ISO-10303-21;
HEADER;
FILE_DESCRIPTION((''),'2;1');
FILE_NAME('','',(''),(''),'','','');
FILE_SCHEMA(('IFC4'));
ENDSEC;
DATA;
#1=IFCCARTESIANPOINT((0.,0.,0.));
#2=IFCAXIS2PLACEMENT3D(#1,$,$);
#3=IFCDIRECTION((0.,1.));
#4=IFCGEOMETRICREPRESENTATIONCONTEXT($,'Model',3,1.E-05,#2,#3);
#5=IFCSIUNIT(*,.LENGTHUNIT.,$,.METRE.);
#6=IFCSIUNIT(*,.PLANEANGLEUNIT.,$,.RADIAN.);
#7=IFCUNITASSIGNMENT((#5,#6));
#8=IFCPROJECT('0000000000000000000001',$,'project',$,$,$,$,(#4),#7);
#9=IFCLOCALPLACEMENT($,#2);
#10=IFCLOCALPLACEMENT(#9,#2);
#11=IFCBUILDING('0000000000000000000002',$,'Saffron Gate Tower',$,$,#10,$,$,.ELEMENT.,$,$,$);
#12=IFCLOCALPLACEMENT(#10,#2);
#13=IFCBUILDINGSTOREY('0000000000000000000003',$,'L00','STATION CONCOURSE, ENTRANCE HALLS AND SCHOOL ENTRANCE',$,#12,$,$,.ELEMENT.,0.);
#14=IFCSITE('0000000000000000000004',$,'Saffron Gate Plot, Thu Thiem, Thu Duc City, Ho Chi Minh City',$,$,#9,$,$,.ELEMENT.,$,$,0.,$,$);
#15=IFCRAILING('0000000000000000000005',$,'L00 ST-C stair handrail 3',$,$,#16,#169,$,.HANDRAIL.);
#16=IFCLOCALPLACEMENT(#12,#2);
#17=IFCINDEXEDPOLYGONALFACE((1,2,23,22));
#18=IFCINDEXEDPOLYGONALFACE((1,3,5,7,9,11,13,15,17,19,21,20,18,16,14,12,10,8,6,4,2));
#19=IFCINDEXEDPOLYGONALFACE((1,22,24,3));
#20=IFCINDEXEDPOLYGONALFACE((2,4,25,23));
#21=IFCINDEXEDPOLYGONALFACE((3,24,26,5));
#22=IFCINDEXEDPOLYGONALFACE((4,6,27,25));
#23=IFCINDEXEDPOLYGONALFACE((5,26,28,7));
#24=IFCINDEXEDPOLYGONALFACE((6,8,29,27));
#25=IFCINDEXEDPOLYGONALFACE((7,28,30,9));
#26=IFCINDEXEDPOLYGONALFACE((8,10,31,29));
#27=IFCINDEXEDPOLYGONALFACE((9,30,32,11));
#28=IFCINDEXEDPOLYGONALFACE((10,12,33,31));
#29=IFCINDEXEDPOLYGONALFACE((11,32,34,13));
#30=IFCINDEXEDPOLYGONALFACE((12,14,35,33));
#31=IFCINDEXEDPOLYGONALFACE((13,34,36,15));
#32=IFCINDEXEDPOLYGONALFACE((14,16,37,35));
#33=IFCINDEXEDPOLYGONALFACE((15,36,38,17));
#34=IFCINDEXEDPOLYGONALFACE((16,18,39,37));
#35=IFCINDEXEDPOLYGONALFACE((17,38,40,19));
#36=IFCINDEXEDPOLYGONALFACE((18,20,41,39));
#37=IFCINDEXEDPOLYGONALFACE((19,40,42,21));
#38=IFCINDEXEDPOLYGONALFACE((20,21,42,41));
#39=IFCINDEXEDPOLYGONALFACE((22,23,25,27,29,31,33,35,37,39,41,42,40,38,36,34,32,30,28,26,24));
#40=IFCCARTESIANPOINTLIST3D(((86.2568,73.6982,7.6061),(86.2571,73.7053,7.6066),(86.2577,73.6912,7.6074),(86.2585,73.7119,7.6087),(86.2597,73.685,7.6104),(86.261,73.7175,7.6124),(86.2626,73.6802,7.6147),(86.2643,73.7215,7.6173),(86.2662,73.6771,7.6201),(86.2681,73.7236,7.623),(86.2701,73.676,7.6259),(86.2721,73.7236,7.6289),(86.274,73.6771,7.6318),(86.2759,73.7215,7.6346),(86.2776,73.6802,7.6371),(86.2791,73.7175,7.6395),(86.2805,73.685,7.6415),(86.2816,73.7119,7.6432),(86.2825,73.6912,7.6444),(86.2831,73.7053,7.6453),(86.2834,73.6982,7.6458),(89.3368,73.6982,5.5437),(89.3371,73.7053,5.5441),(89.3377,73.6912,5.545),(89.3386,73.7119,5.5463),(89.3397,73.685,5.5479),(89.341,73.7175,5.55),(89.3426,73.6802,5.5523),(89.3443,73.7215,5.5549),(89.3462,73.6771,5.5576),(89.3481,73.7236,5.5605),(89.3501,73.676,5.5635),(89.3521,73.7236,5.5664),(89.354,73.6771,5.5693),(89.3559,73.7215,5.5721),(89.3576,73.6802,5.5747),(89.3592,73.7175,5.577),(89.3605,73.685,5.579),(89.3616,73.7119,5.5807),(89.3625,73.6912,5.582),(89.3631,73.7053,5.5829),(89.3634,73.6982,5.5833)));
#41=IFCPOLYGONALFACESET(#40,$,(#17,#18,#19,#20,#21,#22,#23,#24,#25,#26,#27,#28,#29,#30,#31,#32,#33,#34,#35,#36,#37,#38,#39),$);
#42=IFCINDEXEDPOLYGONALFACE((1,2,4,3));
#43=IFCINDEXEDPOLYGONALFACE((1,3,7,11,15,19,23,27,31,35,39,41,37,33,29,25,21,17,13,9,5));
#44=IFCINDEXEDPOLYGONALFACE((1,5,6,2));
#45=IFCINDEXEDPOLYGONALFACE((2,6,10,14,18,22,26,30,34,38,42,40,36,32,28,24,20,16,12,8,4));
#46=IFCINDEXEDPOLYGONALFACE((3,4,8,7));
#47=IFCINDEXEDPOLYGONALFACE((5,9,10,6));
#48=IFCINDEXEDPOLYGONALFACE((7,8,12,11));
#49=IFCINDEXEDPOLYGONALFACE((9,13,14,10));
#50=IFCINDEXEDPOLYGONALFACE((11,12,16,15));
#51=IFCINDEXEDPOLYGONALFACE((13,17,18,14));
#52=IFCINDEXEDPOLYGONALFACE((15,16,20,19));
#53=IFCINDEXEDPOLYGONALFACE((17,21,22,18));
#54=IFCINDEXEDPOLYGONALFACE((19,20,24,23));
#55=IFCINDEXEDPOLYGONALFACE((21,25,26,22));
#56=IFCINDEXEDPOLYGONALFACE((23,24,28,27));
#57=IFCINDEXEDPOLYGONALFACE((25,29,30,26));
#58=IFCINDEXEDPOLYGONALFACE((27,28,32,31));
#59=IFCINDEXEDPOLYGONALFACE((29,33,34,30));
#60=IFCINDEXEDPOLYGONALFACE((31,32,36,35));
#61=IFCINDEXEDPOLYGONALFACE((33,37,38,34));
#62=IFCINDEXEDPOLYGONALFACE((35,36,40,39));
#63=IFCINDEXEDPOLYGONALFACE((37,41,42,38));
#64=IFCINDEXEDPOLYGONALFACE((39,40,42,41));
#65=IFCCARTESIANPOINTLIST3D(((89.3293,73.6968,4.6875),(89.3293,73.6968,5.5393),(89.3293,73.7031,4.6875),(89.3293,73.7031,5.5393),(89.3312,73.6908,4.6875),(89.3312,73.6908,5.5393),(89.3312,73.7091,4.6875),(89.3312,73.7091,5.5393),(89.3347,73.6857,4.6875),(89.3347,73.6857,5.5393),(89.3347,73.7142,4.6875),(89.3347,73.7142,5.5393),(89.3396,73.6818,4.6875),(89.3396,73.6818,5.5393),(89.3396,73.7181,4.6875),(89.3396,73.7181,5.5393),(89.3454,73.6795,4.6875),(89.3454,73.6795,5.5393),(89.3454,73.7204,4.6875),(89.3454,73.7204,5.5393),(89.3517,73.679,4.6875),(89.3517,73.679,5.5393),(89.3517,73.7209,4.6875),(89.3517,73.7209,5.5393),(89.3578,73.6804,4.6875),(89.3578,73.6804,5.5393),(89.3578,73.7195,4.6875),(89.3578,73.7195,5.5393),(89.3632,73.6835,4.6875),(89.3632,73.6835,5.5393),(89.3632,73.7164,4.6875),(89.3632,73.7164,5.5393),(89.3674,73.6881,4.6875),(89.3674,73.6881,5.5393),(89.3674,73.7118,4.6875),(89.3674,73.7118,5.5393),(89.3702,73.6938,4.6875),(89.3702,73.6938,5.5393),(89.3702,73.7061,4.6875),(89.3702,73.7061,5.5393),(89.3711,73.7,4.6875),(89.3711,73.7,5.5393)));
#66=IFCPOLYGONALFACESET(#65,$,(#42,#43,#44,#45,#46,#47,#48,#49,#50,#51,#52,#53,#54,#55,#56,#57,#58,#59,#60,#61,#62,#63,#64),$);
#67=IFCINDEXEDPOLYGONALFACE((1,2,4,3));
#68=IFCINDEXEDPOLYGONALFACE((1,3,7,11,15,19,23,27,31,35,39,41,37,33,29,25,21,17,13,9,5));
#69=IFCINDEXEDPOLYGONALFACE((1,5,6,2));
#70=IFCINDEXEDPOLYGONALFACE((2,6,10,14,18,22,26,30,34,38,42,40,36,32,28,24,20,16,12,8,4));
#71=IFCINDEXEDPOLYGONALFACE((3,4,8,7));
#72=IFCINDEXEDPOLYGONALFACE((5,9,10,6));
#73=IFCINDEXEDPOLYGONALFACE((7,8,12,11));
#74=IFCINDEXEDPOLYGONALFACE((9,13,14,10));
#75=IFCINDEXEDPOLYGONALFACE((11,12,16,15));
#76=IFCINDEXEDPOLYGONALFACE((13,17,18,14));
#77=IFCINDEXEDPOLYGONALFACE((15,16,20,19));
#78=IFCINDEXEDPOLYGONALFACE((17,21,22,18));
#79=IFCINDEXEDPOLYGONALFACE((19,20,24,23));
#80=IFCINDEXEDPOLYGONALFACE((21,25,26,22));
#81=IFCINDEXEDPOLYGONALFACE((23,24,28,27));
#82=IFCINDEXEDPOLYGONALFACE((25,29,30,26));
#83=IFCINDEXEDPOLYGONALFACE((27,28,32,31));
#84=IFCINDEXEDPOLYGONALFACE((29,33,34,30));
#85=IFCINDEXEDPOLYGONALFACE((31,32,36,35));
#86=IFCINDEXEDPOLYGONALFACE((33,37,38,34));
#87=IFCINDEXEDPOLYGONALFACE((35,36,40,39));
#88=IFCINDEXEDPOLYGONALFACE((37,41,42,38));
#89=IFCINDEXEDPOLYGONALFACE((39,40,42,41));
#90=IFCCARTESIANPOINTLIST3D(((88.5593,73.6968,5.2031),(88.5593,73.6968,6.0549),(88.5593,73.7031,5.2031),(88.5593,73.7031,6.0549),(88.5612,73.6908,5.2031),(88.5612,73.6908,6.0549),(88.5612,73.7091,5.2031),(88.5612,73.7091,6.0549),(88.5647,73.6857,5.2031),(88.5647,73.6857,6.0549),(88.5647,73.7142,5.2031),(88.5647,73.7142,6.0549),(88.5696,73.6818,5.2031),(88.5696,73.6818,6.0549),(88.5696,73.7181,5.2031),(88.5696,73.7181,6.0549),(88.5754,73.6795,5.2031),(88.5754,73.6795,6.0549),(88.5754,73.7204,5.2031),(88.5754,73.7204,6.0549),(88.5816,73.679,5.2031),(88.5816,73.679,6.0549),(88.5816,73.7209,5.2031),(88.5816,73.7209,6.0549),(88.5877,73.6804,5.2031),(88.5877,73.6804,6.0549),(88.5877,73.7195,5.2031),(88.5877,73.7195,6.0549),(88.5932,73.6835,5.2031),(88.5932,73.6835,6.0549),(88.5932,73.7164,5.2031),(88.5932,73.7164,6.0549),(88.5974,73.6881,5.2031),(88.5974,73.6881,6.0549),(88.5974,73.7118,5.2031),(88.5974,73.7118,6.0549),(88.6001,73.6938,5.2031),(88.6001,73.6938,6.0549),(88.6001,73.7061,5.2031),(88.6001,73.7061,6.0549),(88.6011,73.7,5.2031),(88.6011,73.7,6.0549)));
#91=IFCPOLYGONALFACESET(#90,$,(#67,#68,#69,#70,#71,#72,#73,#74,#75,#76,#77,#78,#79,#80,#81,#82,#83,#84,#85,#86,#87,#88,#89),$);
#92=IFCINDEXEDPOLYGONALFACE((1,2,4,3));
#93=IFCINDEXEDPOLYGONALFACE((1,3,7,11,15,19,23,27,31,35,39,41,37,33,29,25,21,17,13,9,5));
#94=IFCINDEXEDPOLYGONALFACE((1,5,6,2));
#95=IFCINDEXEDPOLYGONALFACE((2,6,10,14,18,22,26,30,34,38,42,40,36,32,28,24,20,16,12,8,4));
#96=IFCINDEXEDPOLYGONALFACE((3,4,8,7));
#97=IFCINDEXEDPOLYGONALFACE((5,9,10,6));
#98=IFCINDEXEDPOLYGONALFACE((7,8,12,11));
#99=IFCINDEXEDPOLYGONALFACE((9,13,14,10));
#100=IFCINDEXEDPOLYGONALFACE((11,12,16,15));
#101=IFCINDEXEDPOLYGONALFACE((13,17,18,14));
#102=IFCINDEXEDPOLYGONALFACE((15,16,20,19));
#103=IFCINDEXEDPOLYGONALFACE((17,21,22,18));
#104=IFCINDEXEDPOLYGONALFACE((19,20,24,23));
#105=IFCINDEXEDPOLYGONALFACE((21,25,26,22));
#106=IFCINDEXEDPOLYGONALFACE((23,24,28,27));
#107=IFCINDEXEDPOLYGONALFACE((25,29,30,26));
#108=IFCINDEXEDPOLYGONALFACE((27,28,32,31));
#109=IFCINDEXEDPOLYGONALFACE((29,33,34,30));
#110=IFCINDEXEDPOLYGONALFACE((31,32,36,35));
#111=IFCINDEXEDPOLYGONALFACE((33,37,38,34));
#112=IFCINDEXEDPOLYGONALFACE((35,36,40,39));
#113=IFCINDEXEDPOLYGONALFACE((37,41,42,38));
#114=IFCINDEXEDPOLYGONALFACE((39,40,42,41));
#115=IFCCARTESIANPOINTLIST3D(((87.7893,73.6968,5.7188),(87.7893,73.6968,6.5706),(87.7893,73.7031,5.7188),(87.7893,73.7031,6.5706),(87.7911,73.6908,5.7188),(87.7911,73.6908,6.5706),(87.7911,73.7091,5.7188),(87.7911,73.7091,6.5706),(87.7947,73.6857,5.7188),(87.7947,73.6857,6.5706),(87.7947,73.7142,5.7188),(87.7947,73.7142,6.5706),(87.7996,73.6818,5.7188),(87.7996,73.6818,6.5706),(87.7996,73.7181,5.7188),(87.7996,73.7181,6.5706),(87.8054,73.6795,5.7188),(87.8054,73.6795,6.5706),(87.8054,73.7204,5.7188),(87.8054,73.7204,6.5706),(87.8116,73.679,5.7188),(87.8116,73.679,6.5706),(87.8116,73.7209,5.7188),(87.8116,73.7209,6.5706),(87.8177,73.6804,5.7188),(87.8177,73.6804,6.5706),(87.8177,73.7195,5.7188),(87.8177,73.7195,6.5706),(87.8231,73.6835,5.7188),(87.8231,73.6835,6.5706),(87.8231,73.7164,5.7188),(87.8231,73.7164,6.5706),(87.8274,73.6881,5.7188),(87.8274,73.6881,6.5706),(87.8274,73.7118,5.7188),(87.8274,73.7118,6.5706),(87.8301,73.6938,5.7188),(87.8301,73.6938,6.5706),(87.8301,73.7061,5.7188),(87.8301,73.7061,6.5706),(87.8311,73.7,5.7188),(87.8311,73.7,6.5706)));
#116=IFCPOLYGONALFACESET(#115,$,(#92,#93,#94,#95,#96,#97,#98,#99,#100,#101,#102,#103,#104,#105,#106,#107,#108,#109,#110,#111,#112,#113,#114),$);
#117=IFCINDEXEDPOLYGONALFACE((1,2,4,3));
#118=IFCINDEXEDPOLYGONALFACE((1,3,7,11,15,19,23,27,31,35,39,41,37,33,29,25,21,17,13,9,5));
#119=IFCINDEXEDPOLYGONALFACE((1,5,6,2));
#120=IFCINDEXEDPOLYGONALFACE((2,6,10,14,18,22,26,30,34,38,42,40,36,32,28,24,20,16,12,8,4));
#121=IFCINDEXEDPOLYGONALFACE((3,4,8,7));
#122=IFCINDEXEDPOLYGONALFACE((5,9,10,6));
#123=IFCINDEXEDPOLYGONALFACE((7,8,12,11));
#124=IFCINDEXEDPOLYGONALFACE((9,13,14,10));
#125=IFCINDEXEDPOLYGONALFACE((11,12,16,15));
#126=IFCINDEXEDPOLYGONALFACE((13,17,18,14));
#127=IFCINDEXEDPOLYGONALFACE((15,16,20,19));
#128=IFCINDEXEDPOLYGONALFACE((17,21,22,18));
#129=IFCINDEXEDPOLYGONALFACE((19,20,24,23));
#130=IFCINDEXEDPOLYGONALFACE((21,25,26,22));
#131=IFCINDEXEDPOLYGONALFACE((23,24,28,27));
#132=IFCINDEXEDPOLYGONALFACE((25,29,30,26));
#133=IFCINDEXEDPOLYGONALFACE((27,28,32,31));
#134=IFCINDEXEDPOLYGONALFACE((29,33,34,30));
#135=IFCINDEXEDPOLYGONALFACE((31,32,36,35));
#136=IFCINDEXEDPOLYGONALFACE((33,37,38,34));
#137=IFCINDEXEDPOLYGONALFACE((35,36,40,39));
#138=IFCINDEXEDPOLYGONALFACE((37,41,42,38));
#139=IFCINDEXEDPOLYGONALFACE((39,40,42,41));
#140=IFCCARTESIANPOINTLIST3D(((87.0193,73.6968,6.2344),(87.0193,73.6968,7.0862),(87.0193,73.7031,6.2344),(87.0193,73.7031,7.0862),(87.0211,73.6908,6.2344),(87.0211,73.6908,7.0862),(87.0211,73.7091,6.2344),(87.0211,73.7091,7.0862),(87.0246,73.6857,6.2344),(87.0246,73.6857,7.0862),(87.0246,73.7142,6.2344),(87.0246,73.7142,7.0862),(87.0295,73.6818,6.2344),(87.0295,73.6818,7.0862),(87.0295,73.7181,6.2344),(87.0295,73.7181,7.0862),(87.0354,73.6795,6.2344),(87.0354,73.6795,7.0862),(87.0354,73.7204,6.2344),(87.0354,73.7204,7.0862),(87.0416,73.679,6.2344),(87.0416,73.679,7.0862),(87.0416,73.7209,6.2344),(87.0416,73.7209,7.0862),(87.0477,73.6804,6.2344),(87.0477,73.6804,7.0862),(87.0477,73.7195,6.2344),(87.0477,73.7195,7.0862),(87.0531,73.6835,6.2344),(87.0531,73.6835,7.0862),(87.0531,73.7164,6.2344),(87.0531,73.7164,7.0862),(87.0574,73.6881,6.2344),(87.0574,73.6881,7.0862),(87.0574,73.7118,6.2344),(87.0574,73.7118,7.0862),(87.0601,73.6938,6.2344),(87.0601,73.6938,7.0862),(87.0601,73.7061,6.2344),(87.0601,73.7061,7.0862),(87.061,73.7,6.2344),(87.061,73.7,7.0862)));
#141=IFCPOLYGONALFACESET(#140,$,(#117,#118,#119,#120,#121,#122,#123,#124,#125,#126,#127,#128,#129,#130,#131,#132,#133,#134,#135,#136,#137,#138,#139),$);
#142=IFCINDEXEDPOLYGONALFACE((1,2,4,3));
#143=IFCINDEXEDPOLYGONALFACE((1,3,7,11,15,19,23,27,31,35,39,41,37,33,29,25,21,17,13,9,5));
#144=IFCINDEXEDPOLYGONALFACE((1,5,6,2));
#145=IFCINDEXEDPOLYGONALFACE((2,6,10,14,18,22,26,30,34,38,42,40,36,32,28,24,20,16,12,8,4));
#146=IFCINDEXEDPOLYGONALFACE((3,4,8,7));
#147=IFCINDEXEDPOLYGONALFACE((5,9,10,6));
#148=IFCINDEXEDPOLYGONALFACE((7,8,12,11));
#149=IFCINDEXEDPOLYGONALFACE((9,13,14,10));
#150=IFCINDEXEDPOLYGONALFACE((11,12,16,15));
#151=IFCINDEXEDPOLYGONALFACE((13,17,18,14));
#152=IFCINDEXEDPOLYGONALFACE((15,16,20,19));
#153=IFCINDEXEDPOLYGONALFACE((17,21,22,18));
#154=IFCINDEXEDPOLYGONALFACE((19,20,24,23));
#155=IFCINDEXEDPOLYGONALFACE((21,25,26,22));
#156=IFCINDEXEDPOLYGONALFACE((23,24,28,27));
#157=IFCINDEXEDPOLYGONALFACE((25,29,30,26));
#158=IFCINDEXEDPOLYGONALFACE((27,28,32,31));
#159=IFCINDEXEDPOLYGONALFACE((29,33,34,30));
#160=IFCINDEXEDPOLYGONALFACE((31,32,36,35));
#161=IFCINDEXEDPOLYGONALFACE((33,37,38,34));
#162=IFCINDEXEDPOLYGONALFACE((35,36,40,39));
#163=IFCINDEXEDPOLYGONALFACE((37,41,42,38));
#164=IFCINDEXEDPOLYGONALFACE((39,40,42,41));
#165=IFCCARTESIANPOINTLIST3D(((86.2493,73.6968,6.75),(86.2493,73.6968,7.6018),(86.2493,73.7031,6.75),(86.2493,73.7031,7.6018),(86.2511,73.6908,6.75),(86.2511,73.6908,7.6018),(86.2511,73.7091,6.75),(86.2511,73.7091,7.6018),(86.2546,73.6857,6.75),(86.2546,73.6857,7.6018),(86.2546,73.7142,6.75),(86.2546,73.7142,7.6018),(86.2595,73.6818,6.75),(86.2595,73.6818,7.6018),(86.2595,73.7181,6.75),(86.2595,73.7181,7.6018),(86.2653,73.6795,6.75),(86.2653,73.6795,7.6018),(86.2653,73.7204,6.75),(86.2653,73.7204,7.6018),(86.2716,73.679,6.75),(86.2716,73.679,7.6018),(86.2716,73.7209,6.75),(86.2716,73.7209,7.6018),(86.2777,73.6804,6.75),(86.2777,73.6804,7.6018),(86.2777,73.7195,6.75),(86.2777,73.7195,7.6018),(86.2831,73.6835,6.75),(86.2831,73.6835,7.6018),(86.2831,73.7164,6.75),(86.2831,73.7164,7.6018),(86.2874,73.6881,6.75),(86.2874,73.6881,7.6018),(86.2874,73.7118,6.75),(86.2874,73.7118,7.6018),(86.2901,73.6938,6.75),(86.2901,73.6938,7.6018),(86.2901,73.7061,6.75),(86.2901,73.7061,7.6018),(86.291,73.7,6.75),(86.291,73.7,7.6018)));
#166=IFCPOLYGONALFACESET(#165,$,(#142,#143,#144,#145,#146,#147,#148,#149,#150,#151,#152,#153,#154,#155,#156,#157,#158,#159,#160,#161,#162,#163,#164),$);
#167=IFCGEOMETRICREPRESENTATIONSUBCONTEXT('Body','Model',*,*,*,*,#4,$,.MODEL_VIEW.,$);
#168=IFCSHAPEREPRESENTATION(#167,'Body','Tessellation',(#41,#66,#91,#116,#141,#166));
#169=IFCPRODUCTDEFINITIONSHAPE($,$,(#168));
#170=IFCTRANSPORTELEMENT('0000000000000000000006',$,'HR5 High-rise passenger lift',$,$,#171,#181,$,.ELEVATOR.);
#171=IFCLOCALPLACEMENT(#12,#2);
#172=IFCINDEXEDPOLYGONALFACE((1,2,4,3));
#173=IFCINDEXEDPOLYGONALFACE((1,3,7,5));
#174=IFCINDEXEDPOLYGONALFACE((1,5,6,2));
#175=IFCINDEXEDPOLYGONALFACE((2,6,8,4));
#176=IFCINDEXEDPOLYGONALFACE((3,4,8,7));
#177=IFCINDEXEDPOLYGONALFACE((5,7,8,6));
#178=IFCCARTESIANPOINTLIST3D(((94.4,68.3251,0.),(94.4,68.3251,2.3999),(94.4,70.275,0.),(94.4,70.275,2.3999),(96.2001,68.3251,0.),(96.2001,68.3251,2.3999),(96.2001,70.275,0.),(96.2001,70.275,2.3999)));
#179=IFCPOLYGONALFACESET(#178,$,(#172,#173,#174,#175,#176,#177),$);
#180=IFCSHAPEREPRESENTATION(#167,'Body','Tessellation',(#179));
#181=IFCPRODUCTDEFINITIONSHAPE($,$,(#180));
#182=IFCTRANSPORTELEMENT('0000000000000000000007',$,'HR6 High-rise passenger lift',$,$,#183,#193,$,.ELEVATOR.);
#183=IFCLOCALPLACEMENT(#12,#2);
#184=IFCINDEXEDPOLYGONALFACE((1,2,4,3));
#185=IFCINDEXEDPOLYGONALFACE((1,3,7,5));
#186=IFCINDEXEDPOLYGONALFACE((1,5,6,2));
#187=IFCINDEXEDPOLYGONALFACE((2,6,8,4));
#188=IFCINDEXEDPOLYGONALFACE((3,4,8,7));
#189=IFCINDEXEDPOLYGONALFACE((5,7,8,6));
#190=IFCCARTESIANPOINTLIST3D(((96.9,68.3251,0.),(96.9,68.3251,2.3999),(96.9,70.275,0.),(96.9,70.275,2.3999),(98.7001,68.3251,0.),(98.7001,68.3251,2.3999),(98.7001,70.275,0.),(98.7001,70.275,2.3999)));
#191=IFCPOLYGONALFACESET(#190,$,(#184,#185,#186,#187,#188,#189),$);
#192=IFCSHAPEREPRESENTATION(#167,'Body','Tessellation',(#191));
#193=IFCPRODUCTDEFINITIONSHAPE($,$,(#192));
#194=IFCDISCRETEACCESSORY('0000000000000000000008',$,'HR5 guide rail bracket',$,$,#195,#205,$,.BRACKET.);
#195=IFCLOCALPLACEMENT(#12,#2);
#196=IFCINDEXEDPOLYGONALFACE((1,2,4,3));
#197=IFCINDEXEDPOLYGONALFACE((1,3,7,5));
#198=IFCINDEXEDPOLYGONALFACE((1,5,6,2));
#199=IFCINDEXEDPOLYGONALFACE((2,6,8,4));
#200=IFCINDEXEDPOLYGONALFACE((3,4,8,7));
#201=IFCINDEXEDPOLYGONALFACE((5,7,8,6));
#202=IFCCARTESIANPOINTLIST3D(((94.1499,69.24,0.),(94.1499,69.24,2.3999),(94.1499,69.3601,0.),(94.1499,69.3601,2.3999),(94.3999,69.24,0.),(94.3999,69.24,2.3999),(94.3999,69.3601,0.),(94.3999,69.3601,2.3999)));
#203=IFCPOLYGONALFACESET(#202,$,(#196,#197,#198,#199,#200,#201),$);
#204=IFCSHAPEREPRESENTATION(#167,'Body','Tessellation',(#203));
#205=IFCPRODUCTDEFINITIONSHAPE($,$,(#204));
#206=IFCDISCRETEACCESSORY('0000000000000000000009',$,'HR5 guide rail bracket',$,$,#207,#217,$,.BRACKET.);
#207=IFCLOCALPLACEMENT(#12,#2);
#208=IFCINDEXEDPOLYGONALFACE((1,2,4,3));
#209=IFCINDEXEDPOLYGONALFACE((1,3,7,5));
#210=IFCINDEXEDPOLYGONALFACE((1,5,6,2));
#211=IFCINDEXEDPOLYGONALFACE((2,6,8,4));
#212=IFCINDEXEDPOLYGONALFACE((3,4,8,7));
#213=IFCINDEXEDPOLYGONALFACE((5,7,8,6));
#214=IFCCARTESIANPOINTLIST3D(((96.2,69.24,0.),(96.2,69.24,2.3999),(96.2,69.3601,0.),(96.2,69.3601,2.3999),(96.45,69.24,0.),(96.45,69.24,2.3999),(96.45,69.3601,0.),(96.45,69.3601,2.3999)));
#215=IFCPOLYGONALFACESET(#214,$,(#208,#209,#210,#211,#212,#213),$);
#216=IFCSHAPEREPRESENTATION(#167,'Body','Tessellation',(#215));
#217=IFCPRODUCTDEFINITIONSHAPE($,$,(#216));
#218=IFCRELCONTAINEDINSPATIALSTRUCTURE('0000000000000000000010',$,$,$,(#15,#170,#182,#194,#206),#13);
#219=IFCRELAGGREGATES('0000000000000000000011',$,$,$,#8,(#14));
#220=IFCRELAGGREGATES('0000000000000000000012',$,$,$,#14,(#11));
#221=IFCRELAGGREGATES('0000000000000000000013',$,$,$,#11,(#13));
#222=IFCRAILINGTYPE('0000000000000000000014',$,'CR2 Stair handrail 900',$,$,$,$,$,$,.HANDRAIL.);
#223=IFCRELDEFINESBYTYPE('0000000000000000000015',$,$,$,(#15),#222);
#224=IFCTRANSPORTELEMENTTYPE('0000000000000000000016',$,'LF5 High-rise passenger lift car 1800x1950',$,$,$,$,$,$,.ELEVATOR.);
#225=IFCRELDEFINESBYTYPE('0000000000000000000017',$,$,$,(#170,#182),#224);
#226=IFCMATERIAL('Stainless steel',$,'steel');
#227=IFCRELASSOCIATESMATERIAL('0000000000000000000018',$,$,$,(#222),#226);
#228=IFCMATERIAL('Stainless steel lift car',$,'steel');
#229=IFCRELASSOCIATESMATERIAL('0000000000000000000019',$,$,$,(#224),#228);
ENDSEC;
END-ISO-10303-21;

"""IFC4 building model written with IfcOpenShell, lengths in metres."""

from ifc_helpers import new_model, si_unit, direction, frame, origin, origin_2d, place, context, subcontext, project, spatial, rectangle, circle, extrude, material, type_object, element, save


model = new_model("IFC4")

# Units and contexts
model_context = context("Model", 3, precision=1e-05, world=origin(), true_north=direction((0.0, 1.0)))
body_context = subcontext(model_context, "Body", "Model", "MODEL_VIEW")
ifc_project = project(units=[si_unit("LENGTHUNIT", "METRE"), si_unit("PLANEANGLEUNIT", "RADIAN")], contexts=[model_context])

# Site, building, storey
site_placement = place(None, origin())
site = spatial("IfcSite", under=ifc_project, at=site_placement, Name="Saffron Gate Plot, Thu Thiem, Thu Duc City, Ho Chi Minh City", CompositionType="ELEMENT", RefElevation=0.0)
building_placement = place(site_placement, origin())
building = spatial("IfcBuilding", under=site, at=building_placement, Name="Saffron Gate Tower", CompositionType="ELEMENT")
storey_placement = place(building_placement, origin())
storey = spatial("IfcBuildingStorey", under=building, at=storey_placement, Name="L00", Description="STATION CONCOURSE, ENTRANCE HALLS AND SCHOOL ENTRANCE", CompositionType="ELEMENT", Elevation=0.0)

# Railing
ifc_material_1 = material(Name="Stainless steel", Category="steel")
railing_type_1 = type_object("IfcRailingType", Name="CR2 Stair handrail 900", PredefinedType="HANDRAIL", material=ifc_material_1)
for number, where, name in (
    (1, (89.3501, 73.7, 4.6875), "L00 ST-C stair handrail 3"),
):
    element("IfcRailing", number, at=place(storey_placement, frame(where)), inside=storey, type_object=railing_type_1, Name=name, PredefinedType="HANDRAIL", context=body_context, shape_type="SweptSolid", body=[
        extrude(circle(Radius=0.0239, at=origin_2d()), frame((0.0, 0.0, 0.876), z_axis=(-0.830914, 0.0, 0.556401), x_axis=(0.0, -1.0, 0.0)), (0.0, 0.0, 1.0), 3.7068),
        extrude(circle(Radius=0.021, at=origin_2d()), origin(), (0.0, 0.0, 1.0), 0.8518),
        extrude(circle(Radius=0.021, at=origin_2d()), frame((-0.77, 0.0, 0.5156)), (0.0, 0.0, 1.0), 0.8518),
        extrude(circle(Radius=0.021, at=origin_2d()), frame((-1.54, 0.0, 1.0312)), (0.0, 0.0, 1.0), 0.8518),
        extrude(circle(Radius=0.021, at=origin_2d()), frame((-2.3101, 0.0, 1.5469)), (0.0, 0.0, 1.0), 0.8518),
        extrude(circle(Radius=0.021, at=origin_2d()), frame((-3.0801, 0.0, 2.0625)), (0.0, 0.0, 1.0), 0.8518),
    ])

# Transport elements
ifc_material_2 = material(Name="Stainless steel lift car", Category="steel")
transport_element_type = type_object("IfcTransportElementType", Name="LF5 High-rise passenger lift car 1800x1950", PredefinedType="ELEVATOR", material=ifc_material_2)
for number, where, z_axis, x_axis, name in (
    (2, (95.3, 69.3, 0.0), (0.0, 0.0, 1.0), (1.0, 0.0, 0.0), "HR5 High-rise passenger lift"),
    (3, (97.8, 69.3, 0.0), (0.0, 0.0, 1.0), (1.0, 0.0, 0.0), "HR6 High-rise passenger lift"),
):
    element("IfcTransportElement", number, at=place(storey_placement, frame(where, z_axis=z_axis, x_axis=x_axis)), inside=storey, type_object=transport_element_type, Name=name, PredefinedType="ELEVATOR", context=body_context, shape_type="SweptSolid", body=[
        extrude(rectangle(XDim=1.8, YDim=1.95, at=origin_2d()), origin(), (0.0, 0.0, 1.0), 2.3999),
    ])

# Discrete accessories
for number, where, z_axis, x_axis, name in (
    (4, (94.2749, 69.3, 0.0), (0.0, 0.0, 1.0), (1.0, 0.0, 0.0), "HR5 guide rail bracket"),
    (5, (96.325, 69.3, 0.0), (0.0, 0.0, 1.0), (1.0, 0.0, 0.0), "HR5 guide rail bracket"),
):
    element("IfcDiscreteAccessory", number, at=place(storey_placement, frame(where, z_axis=z_axis, x_axis=x_axis)), inside=storey, Name=name, PredefinedType="BRACKET", context=body_context, shape_type="SweptSolid", body=[
        extrude(rectangle(XDim=0.25, YDim=0.1201, at=origin_2d()), origin(), (0.0, 0.0, 1.0), 2.3999),
    ])

save(model, "model.ifc")
